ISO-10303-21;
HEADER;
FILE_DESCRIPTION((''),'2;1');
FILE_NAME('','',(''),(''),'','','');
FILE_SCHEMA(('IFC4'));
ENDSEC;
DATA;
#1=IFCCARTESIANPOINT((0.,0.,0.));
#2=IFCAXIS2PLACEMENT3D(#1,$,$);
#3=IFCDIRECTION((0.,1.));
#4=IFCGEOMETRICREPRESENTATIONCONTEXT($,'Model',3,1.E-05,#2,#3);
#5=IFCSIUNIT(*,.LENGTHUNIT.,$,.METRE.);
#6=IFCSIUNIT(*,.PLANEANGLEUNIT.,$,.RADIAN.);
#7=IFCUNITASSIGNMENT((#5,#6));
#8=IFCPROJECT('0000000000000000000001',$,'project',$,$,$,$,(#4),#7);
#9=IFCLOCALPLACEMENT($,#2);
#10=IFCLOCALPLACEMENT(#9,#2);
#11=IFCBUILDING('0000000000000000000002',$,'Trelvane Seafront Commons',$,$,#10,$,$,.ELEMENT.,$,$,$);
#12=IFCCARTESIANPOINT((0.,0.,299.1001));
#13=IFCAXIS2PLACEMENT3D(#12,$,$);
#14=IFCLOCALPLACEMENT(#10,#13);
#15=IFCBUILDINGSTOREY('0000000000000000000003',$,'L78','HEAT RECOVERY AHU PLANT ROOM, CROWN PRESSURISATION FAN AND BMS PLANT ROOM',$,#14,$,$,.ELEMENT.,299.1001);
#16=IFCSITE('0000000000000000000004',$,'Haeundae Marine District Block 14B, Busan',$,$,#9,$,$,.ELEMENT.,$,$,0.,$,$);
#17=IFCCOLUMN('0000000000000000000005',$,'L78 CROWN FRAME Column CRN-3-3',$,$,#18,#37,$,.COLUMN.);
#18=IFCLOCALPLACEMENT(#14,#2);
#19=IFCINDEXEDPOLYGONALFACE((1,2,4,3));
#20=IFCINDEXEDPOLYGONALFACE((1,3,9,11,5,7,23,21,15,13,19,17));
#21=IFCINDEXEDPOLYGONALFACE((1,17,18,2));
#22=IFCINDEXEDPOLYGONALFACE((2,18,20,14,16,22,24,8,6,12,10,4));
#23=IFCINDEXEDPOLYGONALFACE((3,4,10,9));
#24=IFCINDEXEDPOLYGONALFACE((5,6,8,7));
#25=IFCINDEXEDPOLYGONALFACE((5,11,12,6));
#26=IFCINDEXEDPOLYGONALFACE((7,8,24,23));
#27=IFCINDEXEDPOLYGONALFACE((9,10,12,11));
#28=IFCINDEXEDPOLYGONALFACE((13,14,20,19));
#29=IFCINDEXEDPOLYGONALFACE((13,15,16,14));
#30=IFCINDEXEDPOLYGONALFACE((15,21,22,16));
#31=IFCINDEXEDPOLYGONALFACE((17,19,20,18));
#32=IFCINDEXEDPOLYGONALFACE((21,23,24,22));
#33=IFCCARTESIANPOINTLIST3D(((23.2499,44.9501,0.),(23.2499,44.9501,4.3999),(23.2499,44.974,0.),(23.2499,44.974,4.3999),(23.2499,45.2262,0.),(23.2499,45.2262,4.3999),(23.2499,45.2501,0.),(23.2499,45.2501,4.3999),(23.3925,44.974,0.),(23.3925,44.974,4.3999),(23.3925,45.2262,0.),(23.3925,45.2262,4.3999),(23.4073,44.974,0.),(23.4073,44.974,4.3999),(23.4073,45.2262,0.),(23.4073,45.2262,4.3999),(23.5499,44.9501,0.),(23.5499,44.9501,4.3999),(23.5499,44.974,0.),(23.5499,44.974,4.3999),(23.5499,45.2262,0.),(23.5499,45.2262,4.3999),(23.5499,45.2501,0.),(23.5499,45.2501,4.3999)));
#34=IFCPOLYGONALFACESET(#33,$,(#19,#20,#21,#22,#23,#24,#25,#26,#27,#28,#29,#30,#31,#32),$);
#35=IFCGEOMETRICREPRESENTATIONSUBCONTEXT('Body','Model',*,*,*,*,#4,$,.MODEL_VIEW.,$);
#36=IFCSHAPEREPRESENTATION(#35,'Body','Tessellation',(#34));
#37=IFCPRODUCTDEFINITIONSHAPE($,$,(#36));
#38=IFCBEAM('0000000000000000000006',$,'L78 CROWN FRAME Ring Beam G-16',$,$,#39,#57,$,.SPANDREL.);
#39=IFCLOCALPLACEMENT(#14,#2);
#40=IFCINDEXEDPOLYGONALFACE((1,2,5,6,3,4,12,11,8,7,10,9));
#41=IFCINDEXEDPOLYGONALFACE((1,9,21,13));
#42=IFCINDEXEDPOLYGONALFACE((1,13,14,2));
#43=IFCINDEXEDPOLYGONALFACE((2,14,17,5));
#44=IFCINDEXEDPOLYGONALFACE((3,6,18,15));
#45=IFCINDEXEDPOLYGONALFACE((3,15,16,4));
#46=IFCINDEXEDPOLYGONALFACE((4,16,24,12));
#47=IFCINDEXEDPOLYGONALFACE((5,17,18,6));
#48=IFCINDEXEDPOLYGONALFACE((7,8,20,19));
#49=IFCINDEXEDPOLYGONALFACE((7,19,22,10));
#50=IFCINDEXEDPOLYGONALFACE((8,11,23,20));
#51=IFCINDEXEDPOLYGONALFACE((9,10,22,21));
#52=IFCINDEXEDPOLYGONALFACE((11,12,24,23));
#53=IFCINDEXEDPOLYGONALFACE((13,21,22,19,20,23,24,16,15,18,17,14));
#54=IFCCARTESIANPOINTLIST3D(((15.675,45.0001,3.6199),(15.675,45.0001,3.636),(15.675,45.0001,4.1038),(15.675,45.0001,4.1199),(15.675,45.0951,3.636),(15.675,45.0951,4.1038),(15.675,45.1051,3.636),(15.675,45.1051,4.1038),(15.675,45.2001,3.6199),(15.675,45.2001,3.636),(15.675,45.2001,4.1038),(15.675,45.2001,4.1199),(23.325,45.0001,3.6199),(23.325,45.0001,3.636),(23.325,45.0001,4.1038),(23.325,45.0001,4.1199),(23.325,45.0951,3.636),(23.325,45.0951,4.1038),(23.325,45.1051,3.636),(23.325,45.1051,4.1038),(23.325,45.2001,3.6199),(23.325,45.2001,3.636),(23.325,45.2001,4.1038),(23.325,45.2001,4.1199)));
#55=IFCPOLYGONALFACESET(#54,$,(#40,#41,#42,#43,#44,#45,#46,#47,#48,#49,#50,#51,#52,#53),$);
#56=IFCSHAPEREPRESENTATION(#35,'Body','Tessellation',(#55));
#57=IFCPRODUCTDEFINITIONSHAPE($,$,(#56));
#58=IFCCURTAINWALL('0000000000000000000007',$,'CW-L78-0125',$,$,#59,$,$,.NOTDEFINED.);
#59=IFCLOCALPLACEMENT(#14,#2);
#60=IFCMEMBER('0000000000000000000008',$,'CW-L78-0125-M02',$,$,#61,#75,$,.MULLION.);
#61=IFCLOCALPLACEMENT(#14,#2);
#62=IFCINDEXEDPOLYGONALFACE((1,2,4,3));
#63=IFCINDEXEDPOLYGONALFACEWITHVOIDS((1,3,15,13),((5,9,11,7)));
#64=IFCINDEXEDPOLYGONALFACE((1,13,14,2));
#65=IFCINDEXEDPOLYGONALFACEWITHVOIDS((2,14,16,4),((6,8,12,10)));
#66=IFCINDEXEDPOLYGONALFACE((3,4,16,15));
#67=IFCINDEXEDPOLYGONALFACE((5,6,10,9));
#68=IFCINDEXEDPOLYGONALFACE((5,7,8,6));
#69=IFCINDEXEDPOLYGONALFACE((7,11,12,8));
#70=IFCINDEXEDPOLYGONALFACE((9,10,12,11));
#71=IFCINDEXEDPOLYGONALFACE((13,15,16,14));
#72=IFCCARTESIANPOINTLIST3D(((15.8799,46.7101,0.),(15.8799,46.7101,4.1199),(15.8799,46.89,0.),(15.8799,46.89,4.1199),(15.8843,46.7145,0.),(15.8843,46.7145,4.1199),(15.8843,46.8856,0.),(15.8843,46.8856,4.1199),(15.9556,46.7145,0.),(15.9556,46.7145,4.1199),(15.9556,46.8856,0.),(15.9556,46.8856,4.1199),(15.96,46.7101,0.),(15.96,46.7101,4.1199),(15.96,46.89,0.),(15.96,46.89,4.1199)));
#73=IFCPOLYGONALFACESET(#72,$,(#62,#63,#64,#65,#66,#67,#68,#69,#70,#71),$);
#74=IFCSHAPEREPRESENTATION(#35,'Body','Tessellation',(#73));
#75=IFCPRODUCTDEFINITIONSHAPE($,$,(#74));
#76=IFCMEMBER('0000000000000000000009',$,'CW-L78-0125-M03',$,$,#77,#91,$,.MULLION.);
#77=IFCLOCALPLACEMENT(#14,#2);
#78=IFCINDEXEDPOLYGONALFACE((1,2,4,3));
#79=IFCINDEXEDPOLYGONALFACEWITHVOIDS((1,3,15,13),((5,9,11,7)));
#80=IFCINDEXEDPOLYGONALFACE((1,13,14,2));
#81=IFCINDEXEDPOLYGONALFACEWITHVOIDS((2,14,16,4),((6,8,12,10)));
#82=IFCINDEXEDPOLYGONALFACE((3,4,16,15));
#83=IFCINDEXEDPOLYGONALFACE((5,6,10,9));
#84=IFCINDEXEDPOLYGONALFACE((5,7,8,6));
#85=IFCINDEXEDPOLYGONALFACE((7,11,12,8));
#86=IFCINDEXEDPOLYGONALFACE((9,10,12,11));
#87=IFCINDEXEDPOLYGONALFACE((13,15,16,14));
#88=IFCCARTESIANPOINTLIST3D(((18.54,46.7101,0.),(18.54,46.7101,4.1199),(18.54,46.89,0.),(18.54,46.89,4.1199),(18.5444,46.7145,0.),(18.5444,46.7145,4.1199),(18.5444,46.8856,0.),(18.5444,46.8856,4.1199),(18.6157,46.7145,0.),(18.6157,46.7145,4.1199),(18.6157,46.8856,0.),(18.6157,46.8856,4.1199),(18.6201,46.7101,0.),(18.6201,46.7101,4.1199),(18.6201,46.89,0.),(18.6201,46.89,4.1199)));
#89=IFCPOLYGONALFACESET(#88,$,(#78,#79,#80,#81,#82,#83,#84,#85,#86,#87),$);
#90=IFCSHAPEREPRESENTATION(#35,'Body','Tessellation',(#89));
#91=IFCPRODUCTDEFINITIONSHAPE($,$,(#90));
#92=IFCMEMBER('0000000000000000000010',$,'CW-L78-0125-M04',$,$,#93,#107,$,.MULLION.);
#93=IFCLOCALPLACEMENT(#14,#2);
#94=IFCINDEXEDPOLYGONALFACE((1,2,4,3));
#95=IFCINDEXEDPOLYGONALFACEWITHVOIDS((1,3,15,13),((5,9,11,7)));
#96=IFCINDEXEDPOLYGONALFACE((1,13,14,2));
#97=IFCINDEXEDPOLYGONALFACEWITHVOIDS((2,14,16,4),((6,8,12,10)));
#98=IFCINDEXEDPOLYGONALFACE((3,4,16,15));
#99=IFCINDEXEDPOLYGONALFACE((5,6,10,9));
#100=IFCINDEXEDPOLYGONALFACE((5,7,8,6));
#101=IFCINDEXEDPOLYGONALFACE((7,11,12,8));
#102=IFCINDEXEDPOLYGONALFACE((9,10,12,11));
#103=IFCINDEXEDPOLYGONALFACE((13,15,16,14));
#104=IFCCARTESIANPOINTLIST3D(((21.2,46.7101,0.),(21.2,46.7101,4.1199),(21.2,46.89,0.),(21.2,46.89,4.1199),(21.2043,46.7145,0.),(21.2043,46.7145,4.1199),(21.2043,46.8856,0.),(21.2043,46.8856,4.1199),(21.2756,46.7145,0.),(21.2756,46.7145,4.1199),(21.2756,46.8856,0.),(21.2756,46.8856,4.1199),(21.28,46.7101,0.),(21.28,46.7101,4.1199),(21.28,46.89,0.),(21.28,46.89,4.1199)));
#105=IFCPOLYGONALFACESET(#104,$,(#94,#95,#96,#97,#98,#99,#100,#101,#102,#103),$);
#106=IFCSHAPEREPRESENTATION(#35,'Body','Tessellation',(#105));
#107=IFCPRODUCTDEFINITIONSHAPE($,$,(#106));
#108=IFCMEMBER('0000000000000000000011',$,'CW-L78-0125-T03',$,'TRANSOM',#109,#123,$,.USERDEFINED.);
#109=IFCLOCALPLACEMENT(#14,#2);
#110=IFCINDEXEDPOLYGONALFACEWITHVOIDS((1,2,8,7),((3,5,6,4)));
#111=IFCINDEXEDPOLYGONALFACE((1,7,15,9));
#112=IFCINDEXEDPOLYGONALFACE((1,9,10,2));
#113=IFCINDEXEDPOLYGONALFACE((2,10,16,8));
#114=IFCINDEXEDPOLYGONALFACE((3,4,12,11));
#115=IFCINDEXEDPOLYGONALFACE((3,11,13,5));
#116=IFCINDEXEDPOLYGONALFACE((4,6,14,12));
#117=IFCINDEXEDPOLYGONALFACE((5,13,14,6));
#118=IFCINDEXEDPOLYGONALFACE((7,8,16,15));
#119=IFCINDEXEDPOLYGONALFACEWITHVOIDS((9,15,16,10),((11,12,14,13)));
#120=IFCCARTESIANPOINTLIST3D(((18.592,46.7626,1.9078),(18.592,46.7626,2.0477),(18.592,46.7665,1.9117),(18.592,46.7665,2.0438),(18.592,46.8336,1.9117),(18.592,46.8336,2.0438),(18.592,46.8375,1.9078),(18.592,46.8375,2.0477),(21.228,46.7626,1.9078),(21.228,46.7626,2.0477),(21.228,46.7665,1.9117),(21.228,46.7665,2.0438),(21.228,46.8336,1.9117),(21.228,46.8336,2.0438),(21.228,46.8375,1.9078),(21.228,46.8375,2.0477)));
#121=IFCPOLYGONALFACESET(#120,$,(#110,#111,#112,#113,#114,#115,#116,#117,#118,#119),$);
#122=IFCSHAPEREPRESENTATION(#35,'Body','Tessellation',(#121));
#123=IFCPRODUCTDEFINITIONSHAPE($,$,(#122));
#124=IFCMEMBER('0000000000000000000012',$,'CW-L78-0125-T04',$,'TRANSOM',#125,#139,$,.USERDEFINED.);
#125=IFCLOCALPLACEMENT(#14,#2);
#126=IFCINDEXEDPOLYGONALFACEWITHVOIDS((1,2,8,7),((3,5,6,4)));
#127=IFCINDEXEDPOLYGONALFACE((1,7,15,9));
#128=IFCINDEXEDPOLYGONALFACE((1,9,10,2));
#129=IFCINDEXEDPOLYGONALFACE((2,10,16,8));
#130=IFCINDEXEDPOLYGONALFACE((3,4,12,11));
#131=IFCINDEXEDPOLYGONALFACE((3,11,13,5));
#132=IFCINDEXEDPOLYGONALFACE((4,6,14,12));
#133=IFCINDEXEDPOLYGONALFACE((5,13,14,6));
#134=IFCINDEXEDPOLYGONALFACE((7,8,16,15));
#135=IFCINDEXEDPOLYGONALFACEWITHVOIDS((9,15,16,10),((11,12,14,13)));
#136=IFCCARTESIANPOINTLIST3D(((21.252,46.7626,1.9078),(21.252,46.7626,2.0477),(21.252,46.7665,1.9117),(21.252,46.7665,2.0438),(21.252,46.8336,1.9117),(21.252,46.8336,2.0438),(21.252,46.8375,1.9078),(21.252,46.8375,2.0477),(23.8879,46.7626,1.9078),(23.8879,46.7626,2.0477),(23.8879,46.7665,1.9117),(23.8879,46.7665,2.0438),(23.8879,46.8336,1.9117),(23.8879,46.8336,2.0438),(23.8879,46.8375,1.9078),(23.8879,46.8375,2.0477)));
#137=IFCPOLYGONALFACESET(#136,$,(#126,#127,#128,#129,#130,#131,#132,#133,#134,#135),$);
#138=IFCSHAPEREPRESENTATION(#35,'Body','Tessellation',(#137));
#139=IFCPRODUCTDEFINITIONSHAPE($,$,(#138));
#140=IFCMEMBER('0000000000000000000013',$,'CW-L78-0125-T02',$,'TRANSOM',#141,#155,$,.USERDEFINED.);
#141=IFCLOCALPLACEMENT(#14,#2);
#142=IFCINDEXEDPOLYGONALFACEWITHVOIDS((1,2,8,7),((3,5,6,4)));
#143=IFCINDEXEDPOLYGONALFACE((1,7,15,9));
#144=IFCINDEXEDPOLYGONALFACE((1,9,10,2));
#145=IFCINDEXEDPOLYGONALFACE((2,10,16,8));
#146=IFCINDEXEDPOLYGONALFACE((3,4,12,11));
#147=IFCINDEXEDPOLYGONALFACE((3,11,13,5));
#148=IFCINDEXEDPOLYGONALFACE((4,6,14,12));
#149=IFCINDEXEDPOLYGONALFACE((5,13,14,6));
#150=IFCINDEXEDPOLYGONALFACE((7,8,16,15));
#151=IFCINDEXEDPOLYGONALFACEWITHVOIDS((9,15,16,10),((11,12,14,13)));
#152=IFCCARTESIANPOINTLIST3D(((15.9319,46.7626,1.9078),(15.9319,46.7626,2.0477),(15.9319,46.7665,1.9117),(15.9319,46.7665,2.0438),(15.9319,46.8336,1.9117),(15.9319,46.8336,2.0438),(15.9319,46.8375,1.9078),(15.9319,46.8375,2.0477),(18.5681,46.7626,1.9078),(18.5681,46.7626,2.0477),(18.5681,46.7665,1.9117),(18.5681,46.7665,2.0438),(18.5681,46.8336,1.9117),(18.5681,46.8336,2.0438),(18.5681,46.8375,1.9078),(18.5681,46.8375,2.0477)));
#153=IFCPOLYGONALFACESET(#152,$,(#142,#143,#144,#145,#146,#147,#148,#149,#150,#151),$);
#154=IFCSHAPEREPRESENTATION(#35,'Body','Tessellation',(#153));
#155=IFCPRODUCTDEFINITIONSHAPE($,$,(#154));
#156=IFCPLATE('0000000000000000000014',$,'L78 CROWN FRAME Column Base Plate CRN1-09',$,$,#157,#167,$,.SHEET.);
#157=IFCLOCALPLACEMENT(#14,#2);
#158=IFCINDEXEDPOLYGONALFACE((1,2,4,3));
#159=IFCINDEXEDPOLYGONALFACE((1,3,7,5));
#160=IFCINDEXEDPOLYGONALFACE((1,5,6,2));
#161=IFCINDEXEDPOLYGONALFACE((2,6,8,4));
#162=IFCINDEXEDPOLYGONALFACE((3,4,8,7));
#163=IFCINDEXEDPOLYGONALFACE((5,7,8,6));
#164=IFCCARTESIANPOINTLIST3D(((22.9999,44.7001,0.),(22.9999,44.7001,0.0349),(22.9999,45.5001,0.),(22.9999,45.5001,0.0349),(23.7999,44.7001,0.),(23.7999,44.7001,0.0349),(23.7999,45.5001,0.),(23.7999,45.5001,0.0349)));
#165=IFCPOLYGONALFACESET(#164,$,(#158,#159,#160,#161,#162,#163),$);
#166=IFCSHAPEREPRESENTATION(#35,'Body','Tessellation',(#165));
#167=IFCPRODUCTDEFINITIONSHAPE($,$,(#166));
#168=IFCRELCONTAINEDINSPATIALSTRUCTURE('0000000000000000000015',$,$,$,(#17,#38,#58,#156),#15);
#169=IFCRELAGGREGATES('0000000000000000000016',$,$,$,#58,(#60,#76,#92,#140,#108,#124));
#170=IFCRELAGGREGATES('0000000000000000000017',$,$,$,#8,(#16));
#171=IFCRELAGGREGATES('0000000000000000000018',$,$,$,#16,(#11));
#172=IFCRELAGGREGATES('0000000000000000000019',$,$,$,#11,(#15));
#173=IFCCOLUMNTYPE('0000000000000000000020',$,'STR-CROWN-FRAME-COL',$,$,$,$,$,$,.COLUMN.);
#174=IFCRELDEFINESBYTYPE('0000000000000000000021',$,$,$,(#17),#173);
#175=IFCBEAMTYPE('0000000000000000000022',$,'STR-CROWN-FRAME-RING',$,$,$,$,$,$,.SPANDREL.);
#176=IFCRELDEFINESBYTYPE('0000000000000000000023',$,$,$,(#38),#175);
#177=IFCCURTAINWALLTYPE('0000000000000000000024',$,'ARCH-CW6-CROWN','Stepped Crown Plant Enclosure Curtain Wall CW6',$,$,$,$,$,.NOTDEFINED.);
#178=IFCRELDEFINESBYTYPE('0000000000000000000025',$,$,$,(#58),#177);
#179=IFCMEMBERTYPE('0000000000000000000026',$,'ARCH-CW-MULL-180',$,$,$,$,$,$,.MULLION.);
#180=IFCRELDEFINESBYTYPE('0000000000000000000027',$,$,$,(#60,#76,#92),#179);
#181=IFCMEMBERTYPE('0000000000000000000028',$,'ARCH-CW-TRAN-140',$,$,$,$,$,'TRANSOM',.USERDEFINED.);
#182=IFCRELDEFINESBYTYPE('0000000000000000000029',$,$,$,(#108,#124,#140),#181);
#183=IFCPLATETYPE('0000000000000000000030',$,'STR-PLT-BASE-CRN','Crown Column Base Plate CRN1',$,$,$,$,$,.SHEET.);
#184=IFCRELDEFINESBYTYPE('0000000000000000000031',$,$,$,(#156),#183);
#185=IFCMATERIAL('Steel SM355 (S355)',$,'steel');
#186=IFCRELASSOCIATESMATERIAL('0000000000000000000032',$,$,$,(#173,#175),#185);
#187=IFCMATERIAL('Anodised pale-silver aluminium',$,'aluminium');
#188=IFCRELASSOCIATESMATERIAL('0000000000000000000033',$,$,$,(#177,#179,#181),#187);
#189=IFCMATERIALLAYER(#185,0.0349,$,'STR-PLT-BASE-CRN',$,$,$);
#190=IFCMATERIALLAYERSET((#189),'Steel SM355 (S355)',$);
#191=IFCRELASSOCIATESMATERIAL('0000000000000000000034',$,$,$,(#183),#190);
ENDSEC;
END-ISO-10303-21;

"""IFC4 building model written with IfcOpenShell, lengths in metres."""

from ifc_helpers import new_model, si_unit, direction, frame, origin, origin_2d, place, context, subcontext, project, spatial, rectangle, hollow_rectangle, i_section, extrude, source, transform, mapped, material, layer, layer_set, material_profile, profile_set, type_object, element, aggregate, save


model = new_model("IFC4")

# Units and contexts
model_context = context("Model", 3, precision=1e-05, world=origin(), true_north=direction((0.0, 1.0)))
body_context = subcontext(model_context, "Body", "Model", "MODEL_VIEW")
ifc_project = project(units=[si_unit("LENGTHUNIT", "METRE"), si_unit("PLANEANGLEUNIT", "RADIAN")], contexts=[model_context])

# Site, building, storey
site_placement = place(None, origin())
site = spatial("IfcSite", under=ifc_project, at=site_placement, Name="Haeundae Marine District Block 14B, Busan", CompositionType="ELEMENT", RefElevation=0.0)
building_placement = place(site_placement, origin())
building = spatial("IfcBuilding", under=site, at=building_placement, Name="Trelvane Seafront Commons", CompositionType="ELEMENT")
storey_placement = place(building_placement, frame((0.0, 0.0, 299.1001)))
storey = spatial("IfcBuildingStorey", under=building, at=storey_placement, Name="L78", Description="HEAT RECOVERY AHU PLANT ROOM, CROWN PRESSURISATION FAN AND BMS PLANT ROOM", CompositionType="ELEMENT", Elevation=299.1001)

# Column
ifc_material_1 = material(Name="Steel SM355 (S355)", Category="steel")
ifc_material_profile_1 = material_profile(ifc_material_1, i_section(OverallWidth=0.3, OverallDepth=0.3, WebThickness=0.0149, FlangeThickness=0.0239, at=origin_2d()), Name="HD-300x300x15x24")
ifc_profile_set_1 = profile_set([ifc_material_profile_1], Name="Steel SM355 (S355)")
column_type = type_object("IfcColumnType", Name="STR-CROWN-FRAME-COL", PredefinedType="COLUMN", material=ifc_profile_set_1)
shared_shape_1 = source(origin(), body_context, "Body", "SweptSolid", [
    extrude(i_section(OverallWidth=0.3, OverallDepth=0.3, WebThickness=0.0149, FlangeThickness=0.0239, at=origin_2d()), origin(), (0.0, 0.0, 1.0), 4.3999),
])
column_placement = place(storey_placement, frame((23.3999, 45.1001, 0.0), z_axis=(0.0, 0.0, 1.0), x_axis=(1.0, 0.0, 0.0)))
element("IfcColumn", 1, at=column_placement, inside=storey, type_object=column_type, Name="L78 CROWN FRAME Column CRN-3-3", PredefinedType="COLUMN", context=body_context, shape_type="MappedRepresentation", body=[
    mapped(shared_shape_1, transform((0.0, 0.0, 0.0), x_axis=(1.0, 0.0, 0.0), y_axis=(0.0, 1.0, 0.0), z_axis=(0.0, 0.0, 1.0), scale=1.0)),
])

# Beam
ifc_material_profile_2 = material_profile(ifc_material_1, i_section(OverallWidth=0.2, OverallDepth=0.5, WebThickness=0.01, FlangeThickness=0.0161, at=origin_2d()), Name="H-500x200x10x16")
ifc_profile_set_2 = profile_set([ifc_material_profile_2], Name="Steel SM355 (S355)")
beam_type = type_object("IfcBeamType", Name="STR-CROWN-FRAME-RING", PredefinedType="SPANDREL", material=ifc_profile_set_2)
shared_shape_2 = source(origin(), body_context, "Body", "SweptSolid", [
    extrude(i_section(OverallWidth=0.2, OverallDepth=0.5, WebThickness=0.01, FlangeThickness=0.0161, at=origin_2d()), origin(), (0.0, 0.0, 1.0), 7.6499),
])
beam_placement = place(storey_placement, frame((15.675, 45.1001, 3.8699), z_axis=(1.0, 0.0, 0.0), x_axis=(0.0, 1.0, 0.0)))
element("IfcBeam", 2, at=beam_placement, inside=storey, type_object=beam_type, Name="L78 CROWN FRAME Ring Beam G-16", PredefinedType="SPANDREL", context=body_context, shape_type="MappedRepresentation", body=[
    mapped(shared_shape_2, transform((0.0, 0.0, 0.0), x_axis=(1.0, 0.0, 0.0), y_axis=(0.0, 1.0, 0.0), z_axis=(0.0, 0.0, 1.0), scale=1.0)),
])

# Curtain wall, members
ifc_material_2 = material(Name="Anodised pale-silver aluminium", Category="aluminium")
curtain_wall_type = type_object("IfcCurtainWallType", Name="ARCH-CW6-CROWN", Description="Stepped Crown Plant Enclosure Curtain Wall CW6", PredefinedType="NOTDEFINED", material=ifc_material_2)
curtain_wall_placement = place(storey_placement, origin())
curtain_wall = element("IfcCurtainWall", 3, at=curtain_wall_placement, inside=storey, type_object=curtain_wall_type, Name="CW-L78-0125", PredefinedType="NOTDEFINED")
ifc_material_profile_3 = material_profile(ifc_material_2, hollow_rectangle(XDim=0.0801, YDim=0.1799, WallThickness=0.0044, at=origin_2d()), Name="MULL-80x180x4.5")
ifc_profile_set_3 = profile_set([ifc_material_profile_3], Name="Anodised pale-silver aluminium")
member_type_1 = type_object("IfcMemberType", Name="ARCH-CW-MULL-180", PredefinedType="MULLION", material=ifc_profile_set_3)
shared_shape_3 = source(origin(), body_context, "Body", "SweptSolid", [
    extrude(hollow_rectangle(XDim=0.0801, YDim=0.1799, WallThickness=0.0044, at=origin_2d()), origin(), (0.0, 0.0, 1.0), 4.1199),
])
member_1_placement = place(storey_placement, frame((15.9199, 46.8, 0.0), z_axis=(0.0, 0.0, 1.0), x_axis=(1.0, 0.0, 0.0)))
member_1 = element("IfcMember", 4, at=member_1_placement, type_object=member_type_1, Name="CW-L78-0125-M02", PredefinedType="MULLION", context=body_context, shape_type="MappedRepresentation", body=[
    mapped(shared_shape_3, transform((0.0, 0.0, 0.0), x_axis=(1.0, 0.0, 0.0), y_axis=(0.0, 1.0, 0.0), z_axis=(0.0, 0.0, 1.0), scale=1.0)),
])
member_2_placement = place(storey_placement, frame((18.5801, 46.8, 0.0), z_axis=(0.0, 0.0, 1.0), x_axis=(1.0, 0.0, 0.0)))
member_2 = element("IfcMember", 5, at=member_2_placement, type_object=member_type_1, Name="CW-L78-0125-M03", PredefinedType="MULLION", context=body_context, shape_type="MappedRepresentation", body=[
    mapped(shared_shape_3, transform((0.0, 0.0, 0.0), x_axis=(1.0, 0.0, 0.0), y_axis=(0.0, 1.0, 0.0), z_axis=(0.0, 0.0, 1.0), scale=1.0)),
])
member_3_placement = place(storey_placement, frame((21.24, 46.8, 0.0), z_axis=(0.0, 0.0, 1.0), x_axis=(1.0, 0.0, 0.0)))
member_3 = element("IfcMember", 6, at=member_3_placement, type_object=member_type_1, Name="CW-L78-0125-M04", PredefinedType="MULLION", context=body_context, shape_type="MappedRepresentation", body=[
    mapped(shared_shape_3, transform((0.0, 0.0, 0.0), x_axis=(1.0, 0.0, 0.0), y_axis=(0.0, 1.0, 0.0), z_axis=(0.0, 0.0, 1.0), scale=1.0)),
])
ifc_material_profile_4 = material_profile(ifc_material_2, hollow_rectangle(XDim=0.075, YDim=0.1399, WallThickness=0.0039, at=origin_2d()), Name="TRAN-75x140x4")
ifc_profile_set_4 = profile_set([ifc_material_profile_4], Name="Anodised pale-silver aluminium")
member_type_2 = type_object("IfcMemberType", Name="ARCH-CW-TRAN-140", ElementType="TRANSOM", PredefinedType="USERDEFINED", material=ifc_profile_set_4)
shared_shape_4 = source(origin(), body_context, "Body", "SweptSolid", [
    extrude(hollow_rectangle(XDim=0.075, YDim=0.1399, WallThickness=0.0039, at=origin_2d()), origin(), (0.0, 0.0, 1.0), 2.636),
])
member_4_placement = place(storey_placement, frame((18.592, 46.8, 1.9778), z_axis=(1.0, 0.0, 0.0), x_axis=(0.0, 1.0, 0.0)))
member_4 = element("IfcMember", 7, at=member_4_placement, type_object=member_type_2, Name="CW-L78-0125-T03", ObjectType="TRANSOM", PredefinedType="USERDEFINED", context=body_context, shape_type="MappedRepresentation", body=[
    mapped(shared_shape_4, transform((0.0, 0.0, 0.0), x_axis=(1.0, 0.0, 0.0), y_axis=(0.0, 1.0, 0.0), z_axis=(0.0, 0.0, 1.0), scale=1.0)),
])
member_5_placement = place(storey_placement, frame((21.252, 46.8, 1.9778), z_axis=(1.0, 0.0, 0.0), x_axis=(0.0, 1.0, 0.0)))
member_5 = element("IfcMember", 8, at=member_5_placement, type_object=member_type_2, Name="CW-L78-0125-T04", ObjectType="TRANSOM", PredefinedType="USERDEFINED", context=body_context, shape_type="MappedRepresentation", body=[
    mapped(shared_shape_4, transform((0.0, 0.0, 0.0), x_axis=(1.0, 0.0, 0.0), y_axis=(0.0, 1.0, 0.0), z_axis=(0.0, 0.0, 1.0), scale=1.0)),
])
shared_shape_5 = source(origin(), body_context, "Body", "SweptSolid", [
    extrude(hollow_rectangle(XDim=0.075, YDim=0.1399, WallThickness=0.0039, at=origin_2d()), origin(), (0.0, 0.0, 1.0), 2.6362),
])
member_6_placement = place(storey_placement, frame((15.9319, 46.8, 1.9778), z_axis=(1.0, 0.0, 0.0), x_axis=(0.0, 1.0, 0.0)))
member_6 = element("IfcMember", 9, at=member_6_placement, type_object=member_type_2, Name="CW-L78-0125-T02", ObjectType="TRANSOM", PredefinedType="USERDEFINED", context=body_context, shape_type="MappedRepresentation", body=[
    mapped(shared_shape_5, transform((0.0, 0.0, 0.0), x_axis=(1.0, 0.0, 0.0), y_axis=(0.0, 1.0, 0.0), z_axis=(0.0, 0.0, 1.0), scale=1.0)),
])

# Plate
ifc_layer_1 = layer(ifc_material_1, 0.0349, Name="STR-PLT-BASE-CRN")
ifc_layer_set_1 = layer_set([ifc_layer_1], Name="Steel SM355 (S355)")
plate_type_1 = type_object("IfcPlateType", Name="STR-PLT-BASE-CRN", Description="Crown Column Base Plate CRN1", PredefinedType="SHEET", material=ifc_layer_set_1)
shared_shape_6 = source(origin(), body_context, "Body", "SweptSolid", [
    extrude(rectangle(XDim=0.8, YDim=0.8, at=origin_2d()), origin(), (0.0, 0.0, 1.0), 0.0349),
])
plate_1_placement = place(storey_placement, frame((23.3999, 45.1001, 0.0), z_axis=(0.0, 0.0, 1.0), x_axis=(1.0, 0.0, 0.0)))
element("IfcPlate", 10, at=plate_1_placement, inside=storey, type_object=plate_type_1, Name="L78 CROWN FRAME Column Base Plate CRN1-09", PredefinedType="SHEET", context=body_context, shape_type="MappedRepresentation", body=[
    mapped(shared_shape_6, transform((0.0, 0.0, 0.0), x_axis=(1.0, 0.0, 0.0), y_axis=(0.0, 1.0, 0.0), z_axis=(0.0, 0.0, 1.0), scale=1.0)),
])
aggregate(curtain_wall, [member_1, member_2, member_3, member_6, member_4, member_5])

save(model, "model.ifc")
